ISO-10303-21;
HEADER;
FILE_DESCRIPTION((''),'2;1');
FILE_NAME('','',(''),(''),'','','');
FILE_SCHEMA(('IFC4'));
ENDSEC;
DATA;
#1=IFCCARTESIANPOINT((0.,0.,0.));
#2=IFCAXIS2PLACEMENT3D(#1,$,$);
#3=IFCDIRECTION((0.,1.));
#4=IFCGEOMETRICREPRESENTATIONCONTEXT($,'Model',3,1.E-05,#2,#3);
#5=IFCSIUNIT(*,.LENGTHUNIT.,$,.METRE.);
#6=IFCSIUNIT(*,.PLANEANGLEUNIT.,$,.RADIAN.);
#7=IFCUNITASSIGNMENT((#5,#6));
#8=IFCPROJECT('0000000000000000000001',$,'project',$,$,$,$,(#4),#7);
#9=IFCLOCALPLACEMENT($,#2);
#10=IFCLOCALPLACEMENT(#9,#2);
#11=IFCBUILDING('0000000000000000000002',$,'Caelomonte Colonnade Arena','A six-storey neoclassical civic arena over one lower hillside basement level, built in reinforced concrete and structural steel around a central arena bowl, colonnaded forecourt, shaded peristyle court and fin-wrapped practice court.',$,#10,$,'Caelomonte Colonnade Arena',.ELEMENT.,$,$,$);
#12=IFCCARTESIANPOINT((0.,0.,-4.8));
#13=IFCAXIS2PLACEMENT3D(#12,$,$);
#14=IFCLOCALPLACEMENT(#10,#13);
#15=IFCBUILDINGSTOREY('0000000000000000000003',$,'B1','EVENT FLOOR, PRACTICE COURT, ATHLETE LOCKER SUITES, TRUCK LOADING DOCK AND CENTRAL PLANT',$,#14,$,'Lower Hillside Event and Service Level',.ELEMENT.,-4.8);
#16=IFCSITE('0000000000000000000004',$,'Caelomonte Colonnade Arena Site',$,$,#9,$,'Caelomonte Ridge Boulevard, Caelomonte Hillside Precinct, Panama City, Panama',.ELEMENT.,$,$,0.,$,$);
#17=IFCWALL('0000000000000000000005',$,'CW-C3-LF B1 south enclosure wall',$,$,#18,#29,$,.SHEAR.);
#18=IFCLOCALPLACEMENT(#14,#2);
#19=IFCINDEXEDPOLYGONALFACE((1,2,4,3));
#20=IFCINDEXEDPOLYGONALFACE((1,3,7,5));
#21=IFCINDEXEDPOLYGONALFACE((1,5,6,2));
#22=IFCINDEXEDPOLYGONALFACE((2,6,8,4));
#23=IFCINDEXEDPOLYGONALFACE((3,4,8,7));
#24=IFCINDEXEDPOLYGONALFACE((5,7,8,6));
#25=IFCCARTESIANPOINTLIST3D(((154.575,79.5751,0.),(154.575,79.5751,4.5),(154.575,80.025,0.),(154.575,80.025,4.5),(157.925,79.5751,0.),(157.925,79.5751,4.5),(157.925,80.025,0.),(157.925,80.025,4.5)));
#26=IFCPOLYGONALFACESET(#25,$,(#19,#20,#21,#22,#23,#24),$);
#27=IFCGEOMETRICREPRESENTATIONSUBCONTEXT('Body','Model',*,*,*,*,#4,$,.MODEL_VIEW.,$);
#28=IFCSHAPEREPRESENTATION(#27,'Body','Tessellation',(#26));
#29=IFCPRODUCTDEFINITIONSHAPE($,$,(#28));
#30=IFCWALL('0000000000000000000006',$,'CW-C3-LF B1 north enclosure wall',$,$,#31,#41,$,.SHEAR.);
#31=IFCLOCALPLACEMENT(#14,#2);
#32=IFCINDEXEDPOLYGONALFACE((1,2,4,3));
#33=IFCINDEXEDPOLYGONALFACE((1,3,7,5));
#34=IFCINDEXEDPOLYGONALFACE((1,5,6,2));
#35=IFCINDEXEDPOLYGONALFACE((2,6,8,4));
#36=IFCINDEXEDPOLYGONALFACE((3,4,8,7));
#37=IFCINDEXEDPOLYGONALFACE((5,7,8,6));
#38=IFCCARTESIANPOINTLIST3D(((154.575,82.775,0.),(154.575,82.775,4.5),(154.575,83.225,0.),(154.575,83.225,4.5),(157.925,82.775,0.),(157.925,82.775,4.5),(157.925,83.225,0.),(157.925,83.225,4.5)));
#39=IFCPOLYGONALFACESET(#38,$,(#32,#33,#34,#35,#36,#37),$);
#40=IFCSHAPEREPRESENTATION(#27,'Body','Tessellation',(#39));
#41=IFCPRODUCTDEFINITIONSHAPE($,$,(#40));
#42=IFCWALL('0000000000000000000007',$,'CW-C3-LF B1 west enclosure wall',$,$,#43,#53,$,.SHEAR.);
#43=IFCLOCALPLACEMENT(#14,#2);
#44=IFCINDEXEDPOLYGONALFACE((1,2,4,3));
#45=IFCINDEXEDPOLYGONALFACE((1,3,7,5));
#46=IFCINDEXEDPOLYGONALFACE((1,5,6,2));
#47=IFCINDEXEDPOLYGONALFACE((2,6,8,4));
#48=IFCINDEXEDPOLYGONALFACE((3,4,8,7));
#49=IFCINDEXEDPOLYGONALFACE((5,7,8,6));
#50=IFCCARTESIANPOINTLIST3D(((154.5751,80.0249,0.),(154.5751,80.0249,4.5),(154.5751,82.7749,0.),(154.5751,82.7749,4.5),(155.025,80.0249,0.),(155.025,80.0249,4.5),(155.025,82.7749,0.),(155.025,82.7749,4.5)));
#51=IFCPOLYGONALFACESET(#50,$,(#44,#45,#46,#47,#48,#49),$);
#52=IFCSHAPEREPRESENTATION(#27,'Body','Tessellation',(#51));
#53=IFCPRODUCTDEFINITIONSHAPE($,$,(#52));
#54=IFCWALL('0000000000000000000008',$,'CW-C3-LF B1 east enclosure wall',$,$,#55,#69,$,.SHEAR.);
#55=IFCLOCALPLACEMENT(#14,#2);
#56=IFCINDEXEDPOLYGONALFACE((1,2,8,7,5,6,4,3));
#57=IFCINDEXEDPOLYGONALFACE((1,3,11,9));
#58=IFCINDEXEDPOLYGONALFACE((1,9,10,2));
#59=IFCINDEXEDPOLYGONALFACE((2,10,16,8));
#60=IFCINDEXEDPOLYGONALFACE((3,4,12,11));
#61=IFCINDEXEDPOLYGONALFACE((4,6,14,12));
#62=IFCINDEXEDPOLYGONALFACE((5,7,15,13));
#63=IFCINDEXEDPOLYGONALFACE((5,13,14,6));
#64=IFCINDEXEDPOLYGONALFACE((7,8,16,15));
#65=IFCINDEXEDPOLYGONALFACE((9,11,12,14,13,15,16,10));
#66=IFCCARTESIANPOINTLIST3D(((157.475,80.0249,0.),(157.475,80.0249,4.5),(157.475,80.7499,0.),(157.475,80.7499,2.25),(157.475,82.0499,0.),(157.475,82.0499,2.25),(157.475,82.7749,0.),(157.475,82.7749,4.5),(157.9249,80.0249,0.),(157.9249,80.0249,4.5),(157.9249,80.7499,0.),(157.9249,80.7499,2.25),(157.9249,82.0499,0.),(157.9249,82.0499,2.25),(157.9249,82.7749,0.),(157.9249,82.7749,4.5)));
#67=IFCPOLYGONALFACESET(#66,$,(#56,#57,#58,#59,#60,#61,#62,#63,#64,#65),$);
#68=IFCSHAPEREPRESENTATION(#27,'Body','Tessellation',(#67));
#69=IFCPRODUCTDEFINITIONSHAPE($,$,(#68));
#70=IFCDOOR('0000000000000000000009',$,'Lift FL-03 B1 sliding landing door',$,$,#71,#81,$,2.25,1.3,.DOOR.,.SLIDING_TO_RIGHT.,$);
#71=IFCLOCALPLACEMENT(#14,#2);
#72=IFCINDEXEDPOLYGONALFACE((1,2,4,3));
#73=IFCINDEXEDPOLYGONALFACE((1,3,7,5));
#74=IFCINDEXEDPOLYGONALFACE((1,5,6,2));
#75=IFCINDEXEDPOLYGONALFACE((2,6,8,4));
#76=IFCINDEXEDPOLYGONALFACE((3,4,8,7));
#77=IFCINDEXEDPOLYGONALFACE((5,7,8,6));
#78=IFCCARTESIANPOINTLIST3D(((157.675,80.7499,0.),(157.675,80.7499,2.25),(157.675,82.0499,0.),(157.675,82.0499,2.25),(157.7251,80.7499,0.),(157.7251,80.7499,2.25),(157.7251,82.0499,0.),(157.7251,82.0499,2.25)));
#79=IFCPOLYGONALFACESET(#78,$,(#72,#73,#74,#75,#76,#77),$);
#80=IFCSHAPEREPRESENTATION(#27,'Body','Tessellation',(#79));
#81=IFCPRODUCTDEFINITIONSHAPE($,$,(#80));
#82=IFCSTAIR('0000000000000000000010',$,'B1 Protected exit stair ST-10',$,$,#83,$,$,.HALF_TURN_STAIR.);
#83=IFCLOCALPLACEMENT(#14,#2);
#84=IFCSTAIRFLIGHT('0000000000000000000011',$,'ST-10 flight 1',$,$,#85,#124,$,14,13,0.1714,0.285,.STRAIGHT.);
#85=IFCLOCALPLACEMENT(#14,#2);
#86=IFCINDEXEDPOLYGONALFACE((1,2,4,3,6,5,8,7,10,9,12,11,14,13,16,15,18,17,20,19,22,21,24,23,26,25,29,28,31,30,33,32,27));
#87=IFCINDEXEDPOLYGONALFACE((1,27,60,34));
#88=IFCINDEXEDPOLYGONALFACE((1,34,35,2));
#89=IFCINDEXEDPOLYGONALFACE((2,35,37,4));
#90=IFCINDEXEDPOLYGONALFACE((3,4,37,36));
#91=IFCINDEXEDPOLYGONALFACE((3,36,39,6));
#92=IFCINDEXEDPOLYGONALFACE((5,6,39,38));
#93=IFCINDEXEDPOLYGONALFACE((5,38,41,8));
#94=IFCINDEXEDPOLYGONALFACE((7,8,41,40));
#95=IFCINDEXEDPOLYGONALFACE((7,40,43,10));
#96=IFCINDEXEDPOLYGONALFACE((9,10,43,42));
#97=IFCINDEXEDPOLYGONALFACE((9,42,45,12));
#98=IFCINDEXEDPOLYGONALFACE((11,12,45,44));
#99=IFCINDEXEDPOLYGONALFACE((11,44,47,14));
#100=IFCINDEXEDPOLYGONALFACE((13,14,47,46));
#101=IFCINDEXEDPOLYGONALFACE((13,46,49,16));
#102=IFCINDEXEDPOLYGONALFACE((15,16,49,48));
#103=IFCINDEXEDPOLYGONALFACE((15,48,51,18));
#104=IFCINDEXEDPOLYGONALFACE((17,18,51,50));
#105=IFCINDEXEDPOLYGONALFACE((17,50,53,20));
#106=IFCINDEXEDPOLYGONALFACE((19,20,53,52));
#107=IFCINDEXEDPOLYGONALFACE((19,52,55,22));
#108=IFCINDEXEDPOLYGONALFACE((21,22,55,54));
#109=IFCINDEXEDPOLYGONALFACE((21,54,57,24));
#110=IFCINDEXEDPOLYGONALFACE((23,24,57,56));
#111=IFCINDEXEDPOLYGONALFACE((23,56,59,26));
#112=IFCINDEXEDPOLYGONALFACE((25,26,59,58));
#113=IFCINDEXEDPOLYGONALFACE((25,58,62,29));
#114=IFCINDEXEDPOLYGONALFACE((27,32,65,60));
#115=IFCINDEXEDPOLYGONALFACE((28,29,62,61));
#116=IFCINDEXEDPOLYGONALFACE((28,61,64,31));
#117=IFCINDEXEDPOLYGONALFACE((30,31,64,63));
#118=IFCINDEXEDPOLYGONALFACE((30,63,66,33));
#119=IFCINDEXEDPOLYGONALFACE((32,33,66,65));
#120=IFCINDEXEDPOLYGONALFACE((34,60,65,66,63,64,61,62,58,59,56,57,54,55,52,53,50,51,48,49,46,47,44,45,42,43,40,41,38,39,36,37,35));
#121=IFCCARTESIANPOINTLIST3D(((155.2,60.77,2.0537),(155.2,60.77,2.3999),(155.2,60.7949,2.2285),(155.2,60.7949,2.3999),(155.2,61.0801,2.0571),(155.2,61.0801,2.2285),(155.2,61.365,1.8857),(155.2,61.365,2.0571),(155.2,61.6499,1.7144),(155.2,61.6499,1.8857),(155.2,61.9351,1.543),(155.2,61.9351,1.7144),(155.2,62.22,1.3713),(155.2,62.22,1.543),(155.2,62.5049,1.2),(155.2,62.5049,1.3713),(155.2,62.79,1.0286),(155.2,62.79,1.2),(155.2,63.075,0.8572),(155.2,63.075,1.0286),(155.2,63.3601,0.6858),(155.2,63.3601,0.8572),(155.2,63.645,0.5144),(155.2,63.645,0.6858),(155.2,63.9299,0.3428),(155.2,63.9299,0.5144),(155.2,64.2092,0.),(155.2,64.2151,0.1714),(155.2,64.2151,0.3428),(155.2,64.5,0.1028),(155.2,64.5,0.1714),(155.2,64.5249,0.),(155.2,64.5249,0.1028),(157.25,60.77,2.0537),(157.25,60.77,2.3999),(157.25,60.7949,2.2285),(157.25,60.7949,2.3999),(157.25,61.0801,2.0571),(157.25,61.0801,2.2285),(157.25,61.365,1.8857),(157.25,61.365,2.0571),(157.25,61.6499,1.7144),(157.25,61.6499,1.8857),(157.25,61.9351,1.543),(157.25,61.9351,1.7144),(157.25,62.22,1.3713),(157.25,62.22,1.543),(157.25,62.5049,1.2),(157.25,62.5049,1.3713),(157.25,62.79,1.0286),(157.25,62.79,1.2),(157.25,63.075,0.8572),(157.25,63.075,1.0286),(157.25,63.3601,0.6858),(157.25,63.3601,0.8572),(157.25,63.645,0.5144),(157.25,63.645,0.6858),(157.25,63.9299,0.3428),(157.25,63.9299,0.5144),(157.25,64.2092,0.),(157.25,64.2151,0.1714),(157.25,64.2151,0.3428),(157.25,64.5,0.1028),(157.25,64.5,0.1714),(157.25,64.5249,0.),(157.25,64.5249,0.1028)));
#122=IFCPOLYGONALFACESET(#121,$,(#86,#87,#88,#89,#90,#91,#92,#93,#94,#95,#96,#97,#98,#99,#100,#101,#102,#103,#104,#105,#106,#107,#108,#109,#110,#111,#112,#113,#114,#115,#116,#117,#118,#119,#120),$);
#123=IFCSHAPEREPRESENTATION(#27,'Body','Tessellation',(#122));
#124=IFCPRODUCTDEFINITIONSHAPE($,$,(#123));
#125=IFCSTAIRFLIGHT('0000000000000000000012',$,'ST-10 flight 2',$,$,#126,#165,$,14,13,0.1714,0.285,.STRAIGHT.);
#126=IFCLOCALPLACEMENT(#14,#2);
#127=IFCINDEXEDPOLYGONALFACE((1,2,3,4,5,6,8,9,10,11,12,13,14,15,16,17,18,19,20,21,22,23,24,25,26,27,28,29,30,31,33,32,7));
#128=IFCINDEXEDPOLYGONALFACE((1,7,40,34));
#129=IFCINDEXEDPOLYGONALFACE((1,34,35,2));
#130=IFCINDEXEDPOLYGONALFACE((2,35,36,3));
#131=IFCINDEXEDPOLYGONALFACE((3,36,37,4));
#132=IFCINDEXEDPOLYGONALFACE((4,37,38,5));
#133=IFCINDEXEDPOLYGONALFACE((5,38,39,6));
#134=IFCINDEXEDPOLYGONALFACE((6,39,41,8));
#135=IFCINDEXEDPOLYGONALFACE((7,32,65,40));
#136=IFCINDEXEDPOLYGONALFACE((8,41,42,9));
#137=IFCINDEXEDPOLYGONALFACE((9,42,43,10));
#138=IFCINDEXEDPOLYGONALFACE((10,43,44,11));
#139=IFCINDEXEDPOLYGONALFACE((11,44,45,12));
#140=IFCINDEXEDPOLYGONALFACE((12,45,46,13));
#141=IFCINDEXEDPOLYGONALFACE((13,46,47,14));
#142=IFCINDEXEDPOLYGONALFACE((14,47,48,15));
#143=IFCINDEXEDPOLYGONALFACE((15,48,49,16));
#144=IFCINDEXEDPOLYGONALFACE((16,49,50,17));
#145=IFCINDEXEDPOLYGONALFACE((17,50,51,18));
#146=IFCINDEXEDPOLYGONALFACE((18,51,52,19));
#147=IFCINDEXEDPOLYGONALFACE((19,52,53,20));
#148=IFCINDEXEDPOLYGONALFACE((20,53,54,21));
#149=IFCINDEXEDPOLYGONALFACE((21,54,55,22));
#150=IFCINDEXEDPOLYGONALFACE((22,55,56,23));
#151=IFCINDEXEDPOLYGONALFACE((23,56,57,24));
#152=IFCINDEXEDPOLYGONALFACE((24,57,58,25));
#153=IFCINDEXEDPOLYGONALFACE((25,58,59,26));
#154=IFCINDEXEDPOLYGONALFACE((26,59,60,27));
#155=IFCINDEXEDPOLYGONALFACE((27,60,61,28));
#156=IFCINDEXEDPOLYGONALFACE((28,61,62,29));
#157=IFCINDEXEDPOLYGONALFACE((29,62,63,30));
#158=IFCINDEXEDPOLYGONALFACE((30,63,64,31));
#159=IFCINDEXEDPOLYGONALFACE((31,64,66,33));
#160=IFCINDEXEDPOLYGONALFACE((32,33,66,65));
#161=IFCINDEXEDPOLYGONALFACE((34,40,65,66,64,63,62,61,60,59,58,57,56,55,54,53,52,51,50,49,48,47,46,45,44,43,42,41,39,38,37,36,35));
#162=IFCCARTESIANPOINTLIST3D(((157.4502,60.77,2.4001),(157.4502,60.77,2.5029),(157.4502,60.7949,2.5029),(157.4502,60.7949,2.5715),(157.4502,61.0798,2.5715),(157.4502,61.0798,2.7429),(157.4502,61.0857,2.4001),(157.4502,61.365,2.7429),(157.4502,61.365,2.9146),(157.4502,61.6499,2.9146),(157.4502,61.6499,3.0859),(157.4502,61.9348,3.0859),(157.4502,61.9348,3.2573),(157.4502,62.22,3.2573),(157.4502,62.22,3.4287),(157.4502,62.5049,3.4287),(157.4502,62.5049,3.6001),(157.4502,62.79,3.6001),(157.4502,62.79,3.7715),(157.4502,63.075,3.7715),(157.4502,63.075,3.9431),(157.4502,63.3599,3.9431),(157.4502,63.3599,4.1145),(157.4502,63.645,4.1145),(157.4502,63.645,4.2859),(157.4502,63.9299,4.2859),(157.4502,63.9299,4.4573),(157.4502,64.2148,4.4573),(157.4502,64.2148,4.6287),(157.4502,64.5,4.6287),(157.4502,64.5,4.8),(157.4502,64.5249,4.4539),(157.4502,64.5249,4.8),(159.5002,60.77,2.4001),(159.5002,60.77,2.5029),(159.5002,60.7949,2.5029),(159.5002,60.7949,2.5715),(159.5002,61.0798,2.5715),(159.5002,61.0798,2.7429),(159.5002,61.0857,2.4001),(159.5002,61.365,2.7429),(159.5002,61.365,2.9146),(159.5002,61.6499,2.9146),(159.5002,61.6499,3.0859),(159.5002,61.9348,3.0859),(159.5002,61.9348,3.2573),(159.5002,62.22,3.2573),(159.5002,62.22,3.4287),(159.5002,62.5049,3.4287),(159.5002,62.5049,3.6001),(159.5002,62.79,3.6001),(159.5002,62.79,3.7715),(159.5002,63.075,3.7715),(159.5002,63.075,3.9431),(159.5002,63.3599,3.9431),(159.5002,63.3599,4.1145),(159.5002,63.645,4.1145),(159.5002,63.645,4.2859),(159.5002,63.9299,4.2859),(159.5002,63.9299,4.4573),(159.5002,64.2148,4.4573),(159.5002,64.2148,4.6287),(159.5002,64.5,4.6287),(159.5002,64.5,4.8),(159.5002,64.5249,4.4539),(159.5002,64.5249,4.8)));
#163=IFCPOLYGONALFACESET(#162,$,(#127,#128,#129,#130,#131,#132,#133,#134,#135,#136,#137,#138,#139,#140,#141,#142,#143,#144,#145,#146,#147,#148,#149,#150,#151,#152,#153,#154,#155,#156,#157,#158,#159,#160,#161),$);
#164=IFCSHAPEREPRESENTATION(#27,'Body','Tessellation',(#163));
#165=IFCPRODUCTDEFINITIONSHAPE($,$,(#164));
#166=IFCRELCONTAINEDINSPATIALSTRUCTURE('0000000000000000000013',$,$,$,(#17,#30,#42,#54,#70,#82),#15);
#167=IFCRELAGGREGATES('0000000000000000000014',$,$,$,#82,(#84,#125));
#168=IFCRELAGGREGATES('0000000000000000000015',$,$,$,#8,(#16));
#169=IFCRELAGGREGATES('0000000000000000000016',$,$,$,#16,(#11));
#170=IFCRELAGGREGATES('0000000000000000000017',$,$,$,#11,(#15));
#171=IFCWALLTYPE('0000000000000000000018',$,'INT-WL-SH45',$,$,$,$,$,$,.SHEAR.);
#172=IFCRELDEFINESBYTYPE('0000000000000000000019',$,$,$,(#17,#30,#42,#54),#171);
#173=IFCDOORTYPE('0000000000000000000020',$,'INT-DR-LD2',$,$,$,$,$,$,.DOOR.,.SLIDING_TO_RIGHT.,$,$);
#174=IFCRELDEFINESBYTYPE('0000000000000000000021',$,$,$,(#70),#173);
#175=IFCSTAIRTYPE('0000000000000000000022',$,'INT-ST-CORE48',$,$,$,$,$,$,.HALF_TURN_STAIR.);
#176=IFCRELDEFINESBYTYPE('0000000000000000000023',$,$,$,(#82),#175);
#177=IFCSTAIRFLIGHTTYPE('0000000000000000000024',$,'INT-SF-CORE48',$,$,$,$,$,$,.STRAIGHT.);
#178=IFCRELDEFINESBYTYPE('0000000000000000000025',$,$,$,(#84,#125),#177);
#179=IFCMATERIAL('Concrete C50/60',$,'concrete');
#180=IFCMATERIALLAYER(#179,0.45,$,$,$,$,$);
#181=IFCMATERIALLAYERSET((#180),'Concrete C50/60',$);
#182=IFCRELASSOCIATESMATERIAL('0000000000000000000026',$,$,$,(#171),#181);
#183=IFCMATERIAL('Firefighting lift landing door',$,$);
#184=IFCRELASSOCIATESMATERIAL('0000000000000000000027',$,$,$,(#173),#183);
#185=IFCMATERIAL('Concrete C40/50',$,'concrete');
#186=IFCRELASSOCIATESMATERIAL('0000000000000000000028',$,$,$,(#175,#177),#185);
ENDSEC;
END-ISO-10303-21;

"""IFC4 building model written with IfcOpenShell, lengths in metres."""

from ifc_helpers import new_model, si_unit, direction, frame, frame_2d, origin, place, context, subcontext, project, spatial, polyline, rectangle, outline, extrude, material, layer, layer_set, type_object, element, fill, aggregate, save


model = new_model("IFC4")

# Units and contexts
model_context = context("Model", 3, precision=1e-05, world=origin(), true_north=direction((0.0, 1.0)))
body_context = subcontext(model_context, "Body", "Model", "MODEL_VIEW")
ifc_project = project(units=[si_unit("LENGTHUNIT", "METRE"), si_unit("PLANEANGLEUNIT", "RADIAN")], contexts=[model_context])

# Site, building, storey
site_placement = place(None, origin())
site = spatial("IfcSite", under=ifc_project, at=site_placement, Name="Caelomonte Colonnade Arena Site", LongName="Caelomonte Ridge Boulevard, Caelomonte Hillside Precinct, Panama City, Panama", CompositionType="ELEMENT", RefElevation=0.0)
building_placement = place(site_placement, origin())
building = spatial("IfcBuilding", under=site, at=building_placement, Name="Caelomonte Colonnade Arena", Description="A six-storey neoclassical civic arena over one lower hillside basement level, built in reinforced concrete and structural steel around a central arena bowl, colonnaded forecourt, shaded peristyle court and fin-wrapped practice court.", LongName="Caelomonte Colonnade Arena", CompositionType="ELEMENT")
storey_placement = place(building_placement, frame((0.0, 0.0, -4.8)))
storey = spatial("IfcBuildingStorey", under=building, at=storey_placement, Name="B1", Description="EVENT FLOOR, PRACTICE COURT, ATHLETE LOCKER SUITES, TRUCK LOADING DOCK AND CENTRAL PLANT", LongName="Lower Hillside Event and Service Level", CompositionType="ELEMENT", Elevation=-4.8)

# Shared definitions
ifc_material_1 = material(Name="Concrete C40/50", Category="concrete")

# Shared definitions
ifc_material_2 = material(Name="Concrete C50/60", Category="concrete")

# Walls
ifc_layer_1 = layer(ifc_material_2, 0.45)
ifc_layer_set_1 = layer_set([ifc_layer_1], Name="Concrete C50/60")
wall_type_1 = type_object("IfcWallType", Name="INT-WL-SH45", PredefinedType="SHEAR", material=ifc_layer_set_1)
for number, where, z_axis, x_axis, name in (
    (1, (154.575, 79.8, 0.0), (0.0, 0.0, 1.0), (1.0, 0.0, 0.0), "CW-C3-LF B1 south enclosure wall"),
    (2, (157.925, 83.0, 0.0), (0.0, 0.0, 1.0), (-1.0, 0.0, 0.0), "CW-C3-LF B1 north enclosure wall"),
):
    element("IfcWall", number, at=place(storey_placement, frame(where, z_axis=z_axis, x_axis=x_axis)), inside=storey, type_object=wall_type_1, Name=name, PredefinedType="SHEAR", context=body_context, shape_type="SweptSolid", body=[
        extrude(rectangle(XDim=3.3501, YDim=0.45, at=frame_2d((1.675, 0.0))), origin(), (0.0, 0.0, 1.0), 4.5),
    ])
wall_1_placement = place(storey_placement, frame((154.8, 82.7749, 0.0), z_axis=(0.0, 0.0, 1.0), x_axis=(0.0, -1.0, 0.0)))
element("IfcWall", 3, at=wall_1_placement, inside=storey, type_object=wall_type_1, Name="CW-C3-LF B1 west enclosure wall", PredefinedType="SHEAR", context=body_context, shape_type="SweptSolid", body=[
    extrude(rectangle(XDim=2.75, YDim=0.45, at=frame_2d((1.375, 0.0))), origin(), (0.0, 0.0, 1.0), 4.5),
])

# Wall, opening, door
wall_2_placement = place(storey_placement, frame((157.7, 80.0249, 0.0), z_axis=(0.0, 0.0, 1.0), x_axis=(0.0, 1.0, 0.0)))
wall_2 = element("IfcWall", 4, at=wall_2_placement, inside=storey, type_object=wall_type_1, Name="CW-C3-LF B1 east enclosure wall", PredefinedType="SHEAR", context=body_context, shape_type="SweptSolid", body=[
    extrude(rectangle(XDim=2.75, YDim=0.45, at=frame_2d((1.375, 0.0))), origin(), (0.0, 0.0, 1.0), 4.5),
])
opening_placement = place(wall_2_placement, frame((0.7251, 0.0, 0.0), z_axis=(0.0, 0.0, 1.0), x_axis=(1.0, 0.0, 0.0)))
opening = element("IfcOpeningElement", 5, at=opening_placement, cuts=wall_2, PredefinedType="OPENING", context=body_context, shape_type="SweptSolid", body=[
    extrude(rectangle(XDim=1.3, YDim=2.25, at=frame_2d((0.6499, 1.125))), frame((0.0, 0.2349, 0.0), z_axis=(0.0, -1.0, 0.0), x_axis=(1.0, 0.0, 0.0)), (0.0, 0.0, 1.0), 0.47),
])
ifc_material_3 = material(Name="Firefighting lift landing door")
door_type = type_object("IfcDoorType", Name="INT-DR-LD2", OperationType="SLIDING_TO_RIGHT", PredefinedType="DOOR", material=ifc_material_3)
door_placement = place(opening_placement, origin())
door = element("IfcDoor", 6, at=door_placement, inside=storey, type_object=door_type, Name="Lift FL-03 B1 sliding landing door", OperationType="SLIDING_TO_RIGHT", OverallHeight=2.25, OverallWidth=1.3, PredefinedType="DOOR", context=body_context, shape_type="SweptSolid", body=[
    extrude(rectangle(XDim=1.3, YDim=2.25, at=frame_2d((0.6499, 1.125))), frame((0.0, 0.0249, 0.0), z_axis=(0.0, -1.0, 0.0), x_axis=(1.0, 0.0, 0.0)), (0.0, 0.0, 1.0), 0.05),
])
fill(opening, door)

# Stair, stair flights
stair_type = type_object("IfcStairType", Name="INT-ST-CORE48", PredefinedType="HALF_TURN_STAIR", material=ifc_material_1)
stair_placement = place(storey_placement, origin())
stair = element("IfcStair", 7, at=stair_placement, inside=storey, type_object=stair_type, Name="B1 Protected exit stair ST-10", PredefinedType="HALF_TURN_STAIR")
stair_flight_type = type_object("IfcStairFlightType", Name="INT-SF-CORE48", PredefinedType="STRAIGHT", material=ifc_material_1)
stair_flight_1_placement = place(storey_placement, frame((156.2251, 64.5, 0.0), z_axis=(0.0, 0.0, 1.0), x_axis=(0.0, -1.0, 0.0)))
stair_flight_1 = element("IfcStairFlight", 8, at=stair_flight_1_placement, type_object=stair_flight_type, Name="ST-10 flight 1", NumberOfRisers=14, NumberOfTreads=13, PredefinedType="STRAIGHT", RiserHeight=0.1714, TreadLength=0.285, context=body_context, shape_type="SweptSolid", body=[
    extrude(outline(polyline([(-0.0249, 0.0), (-0.0249, 0.1028), (0.0, 0.1028), (0.0, 0.1714), (0.2849, 0.1714), (0.2849, 0.3428), (0.5701, 0.3428), (0.5701, 0.5144), (0.855, 0.5144), (0.855, 0.6858), (1.1399, 0.6858), (1.1399, 0.8572), (1.425, 0.8572), (1.425, 1.0286), (1.71, 1.0286), (1.71, 1.2), (1.9951, 1.2), (1.9951, 1.3713), (2.28, 1.3713), (2.28, 1.543), (2.5649, 1.543), (2.5649, 1.7144), (2.8501, 1.7144), (2.8501, 1.8857), (3.135, 1.8857), (3.135, 2.0571), (3.4199, 2.0571), (3.4199, 2.2285), (3.7051, 2.2285), (3.7051, 2.3999), (3.73, 2.3999), (3.73, 2.0537), (0.2908, 0.0), (-0.0249, 0.0)])), frame((0.0, 1.0249, 0.0), z_axis=(0.0, -1.0, 0.0), x_axis=(1.0, 0.0, 0.0)), (0.0, 0.0, 1.0), 2.05),
])
stair_flight_2_placement = place(storey_placement, frame((158.4751, 60.7949, 2.4001), z_axis=(0.0, 0.0, 1.0), x_axis=(0.0, 1.0, 0.0)))
stair_flight_2 = element("IfcStairFlight", 9, at=stair_flight_2_placement, type_object=stair_flight_type, Name="ST-10 flight 2", NumberOfRisers=14, NumberOfTreads=13, PredefinedType="STRAIGHT", RiserHeight=0.1714, TreadLength=0.285, context=body_context, shape_type="SweptSolid", body=[
    extrude(outline(polyline([(-0.0249, 0.0), (-0.0249, 0.1028), (0.0, 0.1028), (0.0, 0.1714), (0.2849, 0.1714), (0.2849, 0.3428), (0.5701, 0.3428), (0.5701, 0.5144), (0.855, 0.5144), (0.855, 0.6858), (1.1399, 0.6858), (1.1399, 0.8572), (1.425, 0.8572), (1.425, 1.0286), (1.71, 1.0286), (1.71, 1.2), (1.9951, 1.2), (1.9951, 1.3713), (2.28, 1.3713), (2.28, 1.543), (2.5649, 1.543), (2.5649, 1.7144), (2.8501, 1.7144), (2.8501, 1.8857), (3.135, 1.8857), (3.135, 2.0571), (3.4199, 2.0571), (3.4199, 2.2285), (3.7051, 2.2285), (3.7051, 2.3999), (3.73, 2.3999), (3.73, 2.0537), (0.2908, 0.0), (-0.0249, 0.0)])), frame((0.0, 1.0249, 0.0), z_axis=(0.0, -1.0, 0.0), x_axis=(1.0, 0.0, 0.0)), (0.0, 0.0, 1.0), 2.05),
])
aggregate(stair, [stair_flight_1, stair_flight_2])

save(model, "model.ifc")
